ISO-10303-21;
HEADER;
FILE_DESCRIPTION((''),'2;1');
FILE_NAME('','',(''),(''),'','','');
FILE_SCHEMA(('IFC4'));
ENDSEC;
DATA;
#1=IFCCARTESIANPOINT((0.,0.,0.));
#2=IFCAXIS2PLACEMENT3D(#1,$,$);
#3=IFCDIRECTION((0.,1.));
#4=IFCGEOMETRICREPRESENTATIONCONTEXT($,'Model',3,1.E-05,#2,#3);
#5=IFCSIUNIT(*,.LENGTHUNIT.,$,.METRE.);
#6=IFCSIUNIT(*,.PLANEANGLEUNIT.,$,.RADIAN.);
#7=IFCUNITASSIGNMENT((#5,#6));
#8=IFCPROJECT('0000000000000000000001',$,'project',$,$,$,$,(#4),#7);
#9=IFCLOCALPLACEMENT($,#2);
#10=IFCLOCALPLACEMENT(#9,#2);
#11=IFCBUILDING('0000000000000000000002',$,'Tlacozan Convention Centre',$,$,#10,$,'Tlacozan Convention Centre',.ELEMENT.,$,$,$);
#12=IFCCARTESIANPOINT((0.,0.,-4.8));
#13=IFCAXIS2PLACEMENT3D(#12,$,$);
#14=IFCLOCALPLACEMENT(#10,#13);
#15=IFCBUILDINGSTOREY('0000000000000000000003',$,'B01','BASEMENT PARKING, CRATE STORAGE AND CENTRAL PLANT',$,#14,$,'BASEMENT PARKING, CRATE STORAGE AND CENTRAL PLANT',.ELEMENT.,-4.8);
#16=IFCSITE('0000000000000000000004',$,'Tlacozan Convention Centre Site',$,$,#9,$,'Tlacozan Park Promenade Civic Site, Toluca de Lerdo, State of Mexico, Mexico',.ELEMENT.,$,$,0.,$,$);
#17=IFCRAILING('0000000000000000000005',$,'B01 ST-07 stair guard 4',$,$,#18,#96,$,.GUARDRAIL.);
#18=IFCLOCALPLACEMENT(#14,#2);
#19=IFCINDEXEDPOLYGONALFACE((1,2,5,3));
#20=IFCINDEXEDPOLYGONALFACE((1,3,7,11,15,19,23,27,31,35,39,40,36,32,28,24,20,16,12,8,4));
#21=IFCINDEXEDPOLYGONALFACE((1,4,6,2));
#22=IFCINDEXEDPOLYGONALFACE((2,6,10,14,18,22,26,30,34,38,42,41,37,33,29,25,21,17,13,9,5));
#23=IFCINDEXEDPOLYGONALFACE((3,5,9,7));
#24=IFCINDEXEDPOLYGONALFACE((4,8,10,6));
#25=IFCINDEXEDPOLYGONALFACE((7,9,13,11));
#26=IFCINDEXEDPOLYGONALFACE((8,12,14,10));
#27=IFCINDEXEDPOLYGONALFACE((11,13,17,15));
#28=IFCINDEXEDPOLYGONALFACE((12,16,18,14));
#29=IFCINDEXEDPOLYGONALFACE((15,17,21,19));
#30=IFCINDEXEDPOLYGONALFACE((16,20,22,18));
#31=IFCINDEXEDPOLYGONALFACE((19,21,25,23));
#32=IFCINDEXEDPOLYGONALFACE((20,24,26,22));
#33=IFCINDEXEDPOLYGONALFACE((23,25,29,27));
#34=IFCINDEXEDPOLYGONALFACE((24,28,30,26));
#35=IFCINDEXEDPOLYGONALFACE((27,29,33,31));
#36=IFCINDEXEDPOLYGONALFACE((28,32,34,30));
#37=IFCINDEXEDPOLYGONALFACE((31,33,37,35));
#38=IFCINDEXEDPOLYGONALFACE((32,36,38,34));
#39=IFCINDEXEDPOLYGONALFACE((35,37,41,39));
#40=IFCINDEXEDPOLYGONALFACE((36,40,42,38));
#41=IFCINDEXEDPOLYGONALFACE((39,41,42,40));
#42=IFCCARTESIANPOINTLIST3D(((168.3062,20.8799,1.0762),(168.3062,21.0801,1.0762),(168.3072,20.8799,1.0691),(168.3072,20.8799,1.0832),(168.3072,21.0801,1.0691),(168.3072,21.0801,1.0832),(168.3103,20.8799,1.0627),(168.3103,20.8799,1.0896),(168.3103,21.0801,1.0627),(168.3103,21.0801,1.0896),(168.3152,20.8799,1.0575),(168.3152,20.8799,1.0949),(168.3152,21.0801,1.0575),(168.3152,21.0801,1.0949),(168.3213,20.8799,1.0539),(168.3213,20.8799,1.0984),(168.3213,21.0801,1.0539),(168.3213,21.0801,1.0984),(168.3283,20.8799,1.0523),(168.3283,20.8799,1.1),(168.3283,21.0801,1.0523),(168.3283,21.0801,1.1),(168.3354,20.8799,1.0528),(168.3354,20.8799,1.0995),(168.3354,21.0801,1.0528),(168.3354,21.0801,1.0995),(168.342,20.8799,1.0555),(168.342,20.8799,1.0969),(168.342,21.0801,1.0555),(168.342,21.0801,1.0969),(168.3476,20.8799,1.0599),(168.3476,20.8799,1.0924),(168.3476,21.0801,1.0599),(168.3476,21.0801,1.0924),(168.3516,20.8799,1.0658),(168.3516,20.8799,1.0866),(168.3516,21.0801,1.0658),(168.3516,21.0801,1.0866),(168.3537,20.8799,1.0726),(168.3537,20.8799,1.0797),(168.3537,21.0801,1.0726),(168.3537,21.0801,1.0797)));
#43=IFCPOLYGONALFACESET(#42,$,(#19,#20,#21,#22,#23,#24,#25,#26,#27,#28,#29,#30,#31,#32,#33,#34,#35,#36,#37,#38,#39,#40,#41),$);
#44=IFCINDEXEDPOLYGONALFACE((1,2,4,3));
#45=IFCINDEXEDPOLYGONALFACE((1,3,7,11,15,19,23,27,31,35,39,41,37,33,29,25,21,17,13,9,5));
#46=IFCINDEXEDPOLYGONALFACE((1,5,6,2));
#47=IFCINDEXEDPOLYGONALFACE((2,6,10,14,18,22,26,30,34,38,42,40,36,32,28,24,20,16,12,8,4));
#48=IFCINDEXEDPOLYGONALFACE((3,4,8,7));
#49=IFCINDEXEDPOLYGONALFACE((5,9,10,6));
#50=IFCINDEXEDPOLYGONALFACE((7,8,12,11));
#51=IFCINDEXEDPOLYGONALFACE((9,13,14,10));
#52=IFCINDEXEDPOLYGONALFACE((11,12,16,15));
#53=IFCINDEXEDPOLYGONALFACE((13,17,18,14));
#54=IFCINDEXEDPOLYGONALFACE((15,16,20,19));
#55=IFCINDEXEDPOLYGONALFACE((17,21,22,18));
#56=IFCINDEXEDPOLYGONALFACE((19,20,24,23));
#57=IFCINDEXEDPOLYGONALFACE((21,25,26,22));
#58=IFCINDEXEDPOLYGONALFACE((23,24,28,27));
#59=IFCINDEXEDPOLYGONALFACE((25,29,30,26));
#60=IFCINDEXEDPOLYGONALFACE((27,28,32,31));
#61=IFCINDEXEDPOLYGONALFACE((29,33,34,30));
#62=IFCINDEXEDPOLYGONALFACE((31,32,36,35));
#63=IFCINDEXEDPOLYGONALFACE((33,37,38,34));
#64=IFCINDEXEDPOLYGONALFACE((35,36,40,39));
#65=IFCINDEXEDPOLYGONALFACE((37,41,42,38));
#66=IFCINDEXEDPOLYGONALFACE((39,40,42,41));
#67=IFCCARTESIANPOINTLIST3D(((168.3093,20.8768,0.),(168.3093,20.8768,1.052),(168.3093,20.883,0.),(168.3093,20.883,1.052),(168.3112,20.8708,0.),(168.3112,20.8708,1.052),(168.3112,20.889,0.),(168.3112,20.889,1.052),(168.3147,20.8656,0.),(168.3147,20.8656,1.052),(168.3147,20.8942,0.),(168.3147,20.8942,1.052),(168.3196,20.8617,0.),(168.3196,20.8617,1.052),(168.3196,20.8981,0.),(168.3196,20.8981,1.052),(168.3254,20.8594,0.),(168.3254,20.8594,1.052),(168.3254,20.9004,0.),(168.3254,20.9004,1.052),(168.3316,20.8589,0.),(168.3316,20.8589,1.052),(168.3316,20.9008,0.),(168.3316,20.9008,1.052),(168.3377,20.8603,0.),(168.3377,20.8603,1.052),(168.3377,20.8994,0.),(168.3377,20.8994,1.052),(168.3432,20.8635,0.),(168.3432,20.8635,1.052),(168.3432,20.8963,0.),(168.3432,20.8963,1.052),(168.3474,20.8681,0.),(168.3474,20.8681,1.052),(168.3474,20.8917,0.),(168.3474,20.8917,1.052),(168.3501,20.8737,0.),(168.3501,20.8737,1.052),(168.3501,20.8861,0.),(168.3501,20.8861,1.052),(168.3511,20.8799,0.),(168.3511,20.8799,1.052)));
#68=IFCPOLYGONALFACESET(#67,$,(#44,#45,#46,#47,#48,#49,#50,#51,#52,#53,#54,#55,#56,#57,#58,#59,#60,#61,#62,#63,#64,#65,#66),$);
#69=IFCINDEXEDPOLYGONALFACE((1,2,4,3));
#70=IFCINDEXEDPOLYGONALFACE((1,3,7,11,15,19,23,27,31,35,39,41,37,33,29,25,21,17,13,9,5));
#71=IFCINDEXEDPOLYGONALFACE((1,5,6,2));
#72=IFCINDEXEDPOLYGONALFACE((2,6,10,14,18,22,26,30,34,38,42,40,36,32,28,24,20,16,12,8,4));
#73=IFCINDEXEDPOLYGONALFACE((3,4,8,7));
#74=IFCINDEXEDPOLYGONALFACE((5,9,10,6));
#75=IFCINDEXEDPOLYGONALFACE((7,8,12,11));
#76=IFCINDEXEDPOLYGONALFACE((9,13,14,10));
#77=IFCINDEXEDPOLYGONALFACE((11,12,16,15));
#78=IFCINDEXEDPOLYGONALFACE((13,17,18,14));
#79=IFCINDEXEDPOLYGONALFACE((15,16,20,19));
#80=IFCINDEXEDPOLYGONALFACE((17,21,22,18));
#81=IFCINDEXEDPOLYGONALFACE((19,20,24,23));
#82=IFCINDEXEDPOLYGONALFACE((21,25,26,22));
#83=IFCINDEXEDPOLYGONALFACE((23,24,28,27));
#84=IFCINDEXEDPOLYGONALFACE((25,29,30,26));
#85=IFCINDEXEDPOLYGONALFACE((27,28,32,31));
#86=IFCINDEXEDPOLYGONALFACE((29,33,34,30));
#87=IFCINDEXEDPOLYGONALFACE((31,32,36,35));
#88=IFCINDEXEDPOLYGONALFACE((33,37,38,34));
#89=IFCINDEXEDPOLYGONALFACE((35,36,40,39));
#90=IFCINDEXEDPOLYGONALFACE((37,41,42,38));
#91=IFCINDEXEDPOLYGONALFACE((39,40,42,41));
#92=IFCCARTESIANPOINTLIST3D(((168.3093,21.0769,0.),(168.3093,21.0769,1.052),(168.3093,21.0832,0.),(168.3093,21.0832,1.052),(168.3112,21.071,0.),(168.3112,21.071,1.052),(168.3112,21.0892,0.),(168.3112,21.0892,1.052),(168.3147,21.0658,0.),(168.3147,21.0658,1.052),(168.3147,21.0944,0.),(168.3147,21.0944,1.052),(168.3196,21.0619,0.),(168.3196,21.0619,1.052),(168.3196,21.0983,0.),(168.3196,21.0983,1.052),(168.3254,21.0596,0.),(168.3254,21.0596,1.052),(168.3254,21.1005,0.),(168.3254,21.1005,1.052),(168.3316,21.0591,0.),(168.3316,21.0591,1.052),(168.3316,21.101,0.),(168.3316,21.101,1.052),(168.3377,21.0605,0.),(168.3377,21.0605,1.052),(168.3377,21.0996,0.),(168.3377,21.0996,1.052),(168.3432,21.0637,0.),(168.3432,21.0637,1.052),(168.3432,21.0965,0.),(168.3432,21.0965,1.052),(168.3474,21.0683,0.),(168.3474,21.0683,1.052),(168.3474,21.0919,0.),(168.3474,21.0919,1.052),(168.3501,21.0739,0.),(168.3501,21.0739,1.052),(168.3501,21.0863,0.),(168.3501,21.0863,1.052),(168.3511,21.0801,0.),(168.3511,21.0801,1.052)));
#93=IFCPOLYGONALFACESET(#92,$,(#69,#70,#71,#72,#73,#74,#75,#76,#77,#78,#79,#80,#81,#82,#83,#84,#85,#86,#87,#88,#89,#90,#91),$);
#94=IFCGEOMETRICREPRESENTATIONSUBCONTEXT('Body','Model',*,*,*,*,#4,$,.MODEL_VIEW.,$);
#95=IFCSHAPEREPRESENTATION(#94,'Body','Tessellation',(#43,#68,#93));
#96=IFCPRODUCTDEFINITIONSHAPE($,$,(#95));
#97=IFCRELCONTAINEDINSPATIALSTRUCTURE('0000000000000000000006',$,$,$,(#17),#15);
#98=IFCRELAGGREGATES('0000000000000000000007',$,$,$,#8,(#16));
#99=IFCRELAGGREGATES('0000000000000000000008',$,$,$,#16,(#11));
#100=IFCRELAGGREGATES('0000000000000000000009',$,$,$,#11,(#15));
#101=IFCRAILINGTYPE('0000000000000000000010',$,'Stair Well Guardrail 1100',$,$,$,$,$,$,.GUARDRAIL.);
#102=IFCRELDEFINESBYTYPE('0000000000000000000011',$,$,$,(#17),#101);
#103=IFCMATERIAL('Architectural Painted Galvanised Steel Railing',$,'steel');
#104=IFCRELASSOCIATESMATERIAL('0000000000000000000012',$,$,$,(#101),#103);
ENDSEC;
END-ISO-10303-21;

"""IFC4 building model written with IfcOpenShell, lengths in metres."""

from ifc_helpers import new_model, si_unit, direction, frame, origin, origin_2d, place, context, subcontext, project, spatial, circle, extrude, material, type_object, element, save


model = new_model("IFC4")

# Units and contexts
model_context = context("Model", 3, precision=1e-05, world=origin(), true_north=direction((0.0, 1.0)))
body_context = subcontext(model_context, "Body", "Model", "MODEL_VIEW")
ifc_project = project(units=[si_unit("LENGTHUNIT", "METRE"), si_unit("PLANEANGLEUNIT", "RADIAN")], contexts=[model_context])

# Site, building, storey
site_placement = place(None, origin())
site = spatial("IfcSite", under=ifc_project, at=site_placement, Name="Tlacozan Convention Centre Site", LongName="Tlacozan Park Promenade Civic Site, Toluca de Lerdo, State of Mexico, Mexico", CompositionType="ELEMENT", RefElevation=0.0)
building_placement = place(site_placement, origin())
building = spatial("IfcBuilding", under=site, at=building_placement, Name="Tlacozan Convention Centre", LongName="Tlacozan Convention Centre", CompositionType="ELEMENT")
storey_placement = place(building_placement, frame((0.0, 0.0, -4.8)))
storey = spatial("IfcBuildingStorey", under=building, at=storey_placement, Name="B01", Description="BASEMENT PARKING, CRATE STORAGE AND CENTRAL PLANT", LongName="BASEMENT PARKING, CRATE STORAGE AND CENTRAL PLANT", CompositionType="ELEMENT", Elevation=-4.8)

# Railing
ifc_material_1 = material(Name="Architectural Painted Galvanised Steel Railing", Category="steel")
railing_type_1 = type_object("IfcRailingType", Name="Stair Well Guardrail 1100", PredefinedType="GUARDRAIL", material=ifc_material_1)
railing_1_placement = place(storey_placement, frame((168.3301, 20.8799, 0.0)))
element("IfcRailing", 1, at=railing_1_placement, inside=storey, type_object=railing_type_1, Name="B01 ST-07 stair guard 4", PredefinedType="GUARDRAIL", context=body_context, shape_type="SweptSolid", body=[
    extrude(circle(Radius=0.0239, at=origin_2d()), frame((0.0, 0.0, 1.0762), z_axis=(0.0, 1.0, 0.0), x_axis=(-1.0, 0.0, 0.0)), (0.0, 0.0, 1.0), 0.2002),
    extrude(circle(Radius=0.021, at=origin_2d()), origin(), (0.0, 0.0, 1.0), 1.052),
    extrude(circle(Radius=0.021, at=origin_2d()), frame((0.0, 0.2002, 0.0)), (0.0, 0.0, 1.0), 1.052),
])

save(model, "model.ifc")
